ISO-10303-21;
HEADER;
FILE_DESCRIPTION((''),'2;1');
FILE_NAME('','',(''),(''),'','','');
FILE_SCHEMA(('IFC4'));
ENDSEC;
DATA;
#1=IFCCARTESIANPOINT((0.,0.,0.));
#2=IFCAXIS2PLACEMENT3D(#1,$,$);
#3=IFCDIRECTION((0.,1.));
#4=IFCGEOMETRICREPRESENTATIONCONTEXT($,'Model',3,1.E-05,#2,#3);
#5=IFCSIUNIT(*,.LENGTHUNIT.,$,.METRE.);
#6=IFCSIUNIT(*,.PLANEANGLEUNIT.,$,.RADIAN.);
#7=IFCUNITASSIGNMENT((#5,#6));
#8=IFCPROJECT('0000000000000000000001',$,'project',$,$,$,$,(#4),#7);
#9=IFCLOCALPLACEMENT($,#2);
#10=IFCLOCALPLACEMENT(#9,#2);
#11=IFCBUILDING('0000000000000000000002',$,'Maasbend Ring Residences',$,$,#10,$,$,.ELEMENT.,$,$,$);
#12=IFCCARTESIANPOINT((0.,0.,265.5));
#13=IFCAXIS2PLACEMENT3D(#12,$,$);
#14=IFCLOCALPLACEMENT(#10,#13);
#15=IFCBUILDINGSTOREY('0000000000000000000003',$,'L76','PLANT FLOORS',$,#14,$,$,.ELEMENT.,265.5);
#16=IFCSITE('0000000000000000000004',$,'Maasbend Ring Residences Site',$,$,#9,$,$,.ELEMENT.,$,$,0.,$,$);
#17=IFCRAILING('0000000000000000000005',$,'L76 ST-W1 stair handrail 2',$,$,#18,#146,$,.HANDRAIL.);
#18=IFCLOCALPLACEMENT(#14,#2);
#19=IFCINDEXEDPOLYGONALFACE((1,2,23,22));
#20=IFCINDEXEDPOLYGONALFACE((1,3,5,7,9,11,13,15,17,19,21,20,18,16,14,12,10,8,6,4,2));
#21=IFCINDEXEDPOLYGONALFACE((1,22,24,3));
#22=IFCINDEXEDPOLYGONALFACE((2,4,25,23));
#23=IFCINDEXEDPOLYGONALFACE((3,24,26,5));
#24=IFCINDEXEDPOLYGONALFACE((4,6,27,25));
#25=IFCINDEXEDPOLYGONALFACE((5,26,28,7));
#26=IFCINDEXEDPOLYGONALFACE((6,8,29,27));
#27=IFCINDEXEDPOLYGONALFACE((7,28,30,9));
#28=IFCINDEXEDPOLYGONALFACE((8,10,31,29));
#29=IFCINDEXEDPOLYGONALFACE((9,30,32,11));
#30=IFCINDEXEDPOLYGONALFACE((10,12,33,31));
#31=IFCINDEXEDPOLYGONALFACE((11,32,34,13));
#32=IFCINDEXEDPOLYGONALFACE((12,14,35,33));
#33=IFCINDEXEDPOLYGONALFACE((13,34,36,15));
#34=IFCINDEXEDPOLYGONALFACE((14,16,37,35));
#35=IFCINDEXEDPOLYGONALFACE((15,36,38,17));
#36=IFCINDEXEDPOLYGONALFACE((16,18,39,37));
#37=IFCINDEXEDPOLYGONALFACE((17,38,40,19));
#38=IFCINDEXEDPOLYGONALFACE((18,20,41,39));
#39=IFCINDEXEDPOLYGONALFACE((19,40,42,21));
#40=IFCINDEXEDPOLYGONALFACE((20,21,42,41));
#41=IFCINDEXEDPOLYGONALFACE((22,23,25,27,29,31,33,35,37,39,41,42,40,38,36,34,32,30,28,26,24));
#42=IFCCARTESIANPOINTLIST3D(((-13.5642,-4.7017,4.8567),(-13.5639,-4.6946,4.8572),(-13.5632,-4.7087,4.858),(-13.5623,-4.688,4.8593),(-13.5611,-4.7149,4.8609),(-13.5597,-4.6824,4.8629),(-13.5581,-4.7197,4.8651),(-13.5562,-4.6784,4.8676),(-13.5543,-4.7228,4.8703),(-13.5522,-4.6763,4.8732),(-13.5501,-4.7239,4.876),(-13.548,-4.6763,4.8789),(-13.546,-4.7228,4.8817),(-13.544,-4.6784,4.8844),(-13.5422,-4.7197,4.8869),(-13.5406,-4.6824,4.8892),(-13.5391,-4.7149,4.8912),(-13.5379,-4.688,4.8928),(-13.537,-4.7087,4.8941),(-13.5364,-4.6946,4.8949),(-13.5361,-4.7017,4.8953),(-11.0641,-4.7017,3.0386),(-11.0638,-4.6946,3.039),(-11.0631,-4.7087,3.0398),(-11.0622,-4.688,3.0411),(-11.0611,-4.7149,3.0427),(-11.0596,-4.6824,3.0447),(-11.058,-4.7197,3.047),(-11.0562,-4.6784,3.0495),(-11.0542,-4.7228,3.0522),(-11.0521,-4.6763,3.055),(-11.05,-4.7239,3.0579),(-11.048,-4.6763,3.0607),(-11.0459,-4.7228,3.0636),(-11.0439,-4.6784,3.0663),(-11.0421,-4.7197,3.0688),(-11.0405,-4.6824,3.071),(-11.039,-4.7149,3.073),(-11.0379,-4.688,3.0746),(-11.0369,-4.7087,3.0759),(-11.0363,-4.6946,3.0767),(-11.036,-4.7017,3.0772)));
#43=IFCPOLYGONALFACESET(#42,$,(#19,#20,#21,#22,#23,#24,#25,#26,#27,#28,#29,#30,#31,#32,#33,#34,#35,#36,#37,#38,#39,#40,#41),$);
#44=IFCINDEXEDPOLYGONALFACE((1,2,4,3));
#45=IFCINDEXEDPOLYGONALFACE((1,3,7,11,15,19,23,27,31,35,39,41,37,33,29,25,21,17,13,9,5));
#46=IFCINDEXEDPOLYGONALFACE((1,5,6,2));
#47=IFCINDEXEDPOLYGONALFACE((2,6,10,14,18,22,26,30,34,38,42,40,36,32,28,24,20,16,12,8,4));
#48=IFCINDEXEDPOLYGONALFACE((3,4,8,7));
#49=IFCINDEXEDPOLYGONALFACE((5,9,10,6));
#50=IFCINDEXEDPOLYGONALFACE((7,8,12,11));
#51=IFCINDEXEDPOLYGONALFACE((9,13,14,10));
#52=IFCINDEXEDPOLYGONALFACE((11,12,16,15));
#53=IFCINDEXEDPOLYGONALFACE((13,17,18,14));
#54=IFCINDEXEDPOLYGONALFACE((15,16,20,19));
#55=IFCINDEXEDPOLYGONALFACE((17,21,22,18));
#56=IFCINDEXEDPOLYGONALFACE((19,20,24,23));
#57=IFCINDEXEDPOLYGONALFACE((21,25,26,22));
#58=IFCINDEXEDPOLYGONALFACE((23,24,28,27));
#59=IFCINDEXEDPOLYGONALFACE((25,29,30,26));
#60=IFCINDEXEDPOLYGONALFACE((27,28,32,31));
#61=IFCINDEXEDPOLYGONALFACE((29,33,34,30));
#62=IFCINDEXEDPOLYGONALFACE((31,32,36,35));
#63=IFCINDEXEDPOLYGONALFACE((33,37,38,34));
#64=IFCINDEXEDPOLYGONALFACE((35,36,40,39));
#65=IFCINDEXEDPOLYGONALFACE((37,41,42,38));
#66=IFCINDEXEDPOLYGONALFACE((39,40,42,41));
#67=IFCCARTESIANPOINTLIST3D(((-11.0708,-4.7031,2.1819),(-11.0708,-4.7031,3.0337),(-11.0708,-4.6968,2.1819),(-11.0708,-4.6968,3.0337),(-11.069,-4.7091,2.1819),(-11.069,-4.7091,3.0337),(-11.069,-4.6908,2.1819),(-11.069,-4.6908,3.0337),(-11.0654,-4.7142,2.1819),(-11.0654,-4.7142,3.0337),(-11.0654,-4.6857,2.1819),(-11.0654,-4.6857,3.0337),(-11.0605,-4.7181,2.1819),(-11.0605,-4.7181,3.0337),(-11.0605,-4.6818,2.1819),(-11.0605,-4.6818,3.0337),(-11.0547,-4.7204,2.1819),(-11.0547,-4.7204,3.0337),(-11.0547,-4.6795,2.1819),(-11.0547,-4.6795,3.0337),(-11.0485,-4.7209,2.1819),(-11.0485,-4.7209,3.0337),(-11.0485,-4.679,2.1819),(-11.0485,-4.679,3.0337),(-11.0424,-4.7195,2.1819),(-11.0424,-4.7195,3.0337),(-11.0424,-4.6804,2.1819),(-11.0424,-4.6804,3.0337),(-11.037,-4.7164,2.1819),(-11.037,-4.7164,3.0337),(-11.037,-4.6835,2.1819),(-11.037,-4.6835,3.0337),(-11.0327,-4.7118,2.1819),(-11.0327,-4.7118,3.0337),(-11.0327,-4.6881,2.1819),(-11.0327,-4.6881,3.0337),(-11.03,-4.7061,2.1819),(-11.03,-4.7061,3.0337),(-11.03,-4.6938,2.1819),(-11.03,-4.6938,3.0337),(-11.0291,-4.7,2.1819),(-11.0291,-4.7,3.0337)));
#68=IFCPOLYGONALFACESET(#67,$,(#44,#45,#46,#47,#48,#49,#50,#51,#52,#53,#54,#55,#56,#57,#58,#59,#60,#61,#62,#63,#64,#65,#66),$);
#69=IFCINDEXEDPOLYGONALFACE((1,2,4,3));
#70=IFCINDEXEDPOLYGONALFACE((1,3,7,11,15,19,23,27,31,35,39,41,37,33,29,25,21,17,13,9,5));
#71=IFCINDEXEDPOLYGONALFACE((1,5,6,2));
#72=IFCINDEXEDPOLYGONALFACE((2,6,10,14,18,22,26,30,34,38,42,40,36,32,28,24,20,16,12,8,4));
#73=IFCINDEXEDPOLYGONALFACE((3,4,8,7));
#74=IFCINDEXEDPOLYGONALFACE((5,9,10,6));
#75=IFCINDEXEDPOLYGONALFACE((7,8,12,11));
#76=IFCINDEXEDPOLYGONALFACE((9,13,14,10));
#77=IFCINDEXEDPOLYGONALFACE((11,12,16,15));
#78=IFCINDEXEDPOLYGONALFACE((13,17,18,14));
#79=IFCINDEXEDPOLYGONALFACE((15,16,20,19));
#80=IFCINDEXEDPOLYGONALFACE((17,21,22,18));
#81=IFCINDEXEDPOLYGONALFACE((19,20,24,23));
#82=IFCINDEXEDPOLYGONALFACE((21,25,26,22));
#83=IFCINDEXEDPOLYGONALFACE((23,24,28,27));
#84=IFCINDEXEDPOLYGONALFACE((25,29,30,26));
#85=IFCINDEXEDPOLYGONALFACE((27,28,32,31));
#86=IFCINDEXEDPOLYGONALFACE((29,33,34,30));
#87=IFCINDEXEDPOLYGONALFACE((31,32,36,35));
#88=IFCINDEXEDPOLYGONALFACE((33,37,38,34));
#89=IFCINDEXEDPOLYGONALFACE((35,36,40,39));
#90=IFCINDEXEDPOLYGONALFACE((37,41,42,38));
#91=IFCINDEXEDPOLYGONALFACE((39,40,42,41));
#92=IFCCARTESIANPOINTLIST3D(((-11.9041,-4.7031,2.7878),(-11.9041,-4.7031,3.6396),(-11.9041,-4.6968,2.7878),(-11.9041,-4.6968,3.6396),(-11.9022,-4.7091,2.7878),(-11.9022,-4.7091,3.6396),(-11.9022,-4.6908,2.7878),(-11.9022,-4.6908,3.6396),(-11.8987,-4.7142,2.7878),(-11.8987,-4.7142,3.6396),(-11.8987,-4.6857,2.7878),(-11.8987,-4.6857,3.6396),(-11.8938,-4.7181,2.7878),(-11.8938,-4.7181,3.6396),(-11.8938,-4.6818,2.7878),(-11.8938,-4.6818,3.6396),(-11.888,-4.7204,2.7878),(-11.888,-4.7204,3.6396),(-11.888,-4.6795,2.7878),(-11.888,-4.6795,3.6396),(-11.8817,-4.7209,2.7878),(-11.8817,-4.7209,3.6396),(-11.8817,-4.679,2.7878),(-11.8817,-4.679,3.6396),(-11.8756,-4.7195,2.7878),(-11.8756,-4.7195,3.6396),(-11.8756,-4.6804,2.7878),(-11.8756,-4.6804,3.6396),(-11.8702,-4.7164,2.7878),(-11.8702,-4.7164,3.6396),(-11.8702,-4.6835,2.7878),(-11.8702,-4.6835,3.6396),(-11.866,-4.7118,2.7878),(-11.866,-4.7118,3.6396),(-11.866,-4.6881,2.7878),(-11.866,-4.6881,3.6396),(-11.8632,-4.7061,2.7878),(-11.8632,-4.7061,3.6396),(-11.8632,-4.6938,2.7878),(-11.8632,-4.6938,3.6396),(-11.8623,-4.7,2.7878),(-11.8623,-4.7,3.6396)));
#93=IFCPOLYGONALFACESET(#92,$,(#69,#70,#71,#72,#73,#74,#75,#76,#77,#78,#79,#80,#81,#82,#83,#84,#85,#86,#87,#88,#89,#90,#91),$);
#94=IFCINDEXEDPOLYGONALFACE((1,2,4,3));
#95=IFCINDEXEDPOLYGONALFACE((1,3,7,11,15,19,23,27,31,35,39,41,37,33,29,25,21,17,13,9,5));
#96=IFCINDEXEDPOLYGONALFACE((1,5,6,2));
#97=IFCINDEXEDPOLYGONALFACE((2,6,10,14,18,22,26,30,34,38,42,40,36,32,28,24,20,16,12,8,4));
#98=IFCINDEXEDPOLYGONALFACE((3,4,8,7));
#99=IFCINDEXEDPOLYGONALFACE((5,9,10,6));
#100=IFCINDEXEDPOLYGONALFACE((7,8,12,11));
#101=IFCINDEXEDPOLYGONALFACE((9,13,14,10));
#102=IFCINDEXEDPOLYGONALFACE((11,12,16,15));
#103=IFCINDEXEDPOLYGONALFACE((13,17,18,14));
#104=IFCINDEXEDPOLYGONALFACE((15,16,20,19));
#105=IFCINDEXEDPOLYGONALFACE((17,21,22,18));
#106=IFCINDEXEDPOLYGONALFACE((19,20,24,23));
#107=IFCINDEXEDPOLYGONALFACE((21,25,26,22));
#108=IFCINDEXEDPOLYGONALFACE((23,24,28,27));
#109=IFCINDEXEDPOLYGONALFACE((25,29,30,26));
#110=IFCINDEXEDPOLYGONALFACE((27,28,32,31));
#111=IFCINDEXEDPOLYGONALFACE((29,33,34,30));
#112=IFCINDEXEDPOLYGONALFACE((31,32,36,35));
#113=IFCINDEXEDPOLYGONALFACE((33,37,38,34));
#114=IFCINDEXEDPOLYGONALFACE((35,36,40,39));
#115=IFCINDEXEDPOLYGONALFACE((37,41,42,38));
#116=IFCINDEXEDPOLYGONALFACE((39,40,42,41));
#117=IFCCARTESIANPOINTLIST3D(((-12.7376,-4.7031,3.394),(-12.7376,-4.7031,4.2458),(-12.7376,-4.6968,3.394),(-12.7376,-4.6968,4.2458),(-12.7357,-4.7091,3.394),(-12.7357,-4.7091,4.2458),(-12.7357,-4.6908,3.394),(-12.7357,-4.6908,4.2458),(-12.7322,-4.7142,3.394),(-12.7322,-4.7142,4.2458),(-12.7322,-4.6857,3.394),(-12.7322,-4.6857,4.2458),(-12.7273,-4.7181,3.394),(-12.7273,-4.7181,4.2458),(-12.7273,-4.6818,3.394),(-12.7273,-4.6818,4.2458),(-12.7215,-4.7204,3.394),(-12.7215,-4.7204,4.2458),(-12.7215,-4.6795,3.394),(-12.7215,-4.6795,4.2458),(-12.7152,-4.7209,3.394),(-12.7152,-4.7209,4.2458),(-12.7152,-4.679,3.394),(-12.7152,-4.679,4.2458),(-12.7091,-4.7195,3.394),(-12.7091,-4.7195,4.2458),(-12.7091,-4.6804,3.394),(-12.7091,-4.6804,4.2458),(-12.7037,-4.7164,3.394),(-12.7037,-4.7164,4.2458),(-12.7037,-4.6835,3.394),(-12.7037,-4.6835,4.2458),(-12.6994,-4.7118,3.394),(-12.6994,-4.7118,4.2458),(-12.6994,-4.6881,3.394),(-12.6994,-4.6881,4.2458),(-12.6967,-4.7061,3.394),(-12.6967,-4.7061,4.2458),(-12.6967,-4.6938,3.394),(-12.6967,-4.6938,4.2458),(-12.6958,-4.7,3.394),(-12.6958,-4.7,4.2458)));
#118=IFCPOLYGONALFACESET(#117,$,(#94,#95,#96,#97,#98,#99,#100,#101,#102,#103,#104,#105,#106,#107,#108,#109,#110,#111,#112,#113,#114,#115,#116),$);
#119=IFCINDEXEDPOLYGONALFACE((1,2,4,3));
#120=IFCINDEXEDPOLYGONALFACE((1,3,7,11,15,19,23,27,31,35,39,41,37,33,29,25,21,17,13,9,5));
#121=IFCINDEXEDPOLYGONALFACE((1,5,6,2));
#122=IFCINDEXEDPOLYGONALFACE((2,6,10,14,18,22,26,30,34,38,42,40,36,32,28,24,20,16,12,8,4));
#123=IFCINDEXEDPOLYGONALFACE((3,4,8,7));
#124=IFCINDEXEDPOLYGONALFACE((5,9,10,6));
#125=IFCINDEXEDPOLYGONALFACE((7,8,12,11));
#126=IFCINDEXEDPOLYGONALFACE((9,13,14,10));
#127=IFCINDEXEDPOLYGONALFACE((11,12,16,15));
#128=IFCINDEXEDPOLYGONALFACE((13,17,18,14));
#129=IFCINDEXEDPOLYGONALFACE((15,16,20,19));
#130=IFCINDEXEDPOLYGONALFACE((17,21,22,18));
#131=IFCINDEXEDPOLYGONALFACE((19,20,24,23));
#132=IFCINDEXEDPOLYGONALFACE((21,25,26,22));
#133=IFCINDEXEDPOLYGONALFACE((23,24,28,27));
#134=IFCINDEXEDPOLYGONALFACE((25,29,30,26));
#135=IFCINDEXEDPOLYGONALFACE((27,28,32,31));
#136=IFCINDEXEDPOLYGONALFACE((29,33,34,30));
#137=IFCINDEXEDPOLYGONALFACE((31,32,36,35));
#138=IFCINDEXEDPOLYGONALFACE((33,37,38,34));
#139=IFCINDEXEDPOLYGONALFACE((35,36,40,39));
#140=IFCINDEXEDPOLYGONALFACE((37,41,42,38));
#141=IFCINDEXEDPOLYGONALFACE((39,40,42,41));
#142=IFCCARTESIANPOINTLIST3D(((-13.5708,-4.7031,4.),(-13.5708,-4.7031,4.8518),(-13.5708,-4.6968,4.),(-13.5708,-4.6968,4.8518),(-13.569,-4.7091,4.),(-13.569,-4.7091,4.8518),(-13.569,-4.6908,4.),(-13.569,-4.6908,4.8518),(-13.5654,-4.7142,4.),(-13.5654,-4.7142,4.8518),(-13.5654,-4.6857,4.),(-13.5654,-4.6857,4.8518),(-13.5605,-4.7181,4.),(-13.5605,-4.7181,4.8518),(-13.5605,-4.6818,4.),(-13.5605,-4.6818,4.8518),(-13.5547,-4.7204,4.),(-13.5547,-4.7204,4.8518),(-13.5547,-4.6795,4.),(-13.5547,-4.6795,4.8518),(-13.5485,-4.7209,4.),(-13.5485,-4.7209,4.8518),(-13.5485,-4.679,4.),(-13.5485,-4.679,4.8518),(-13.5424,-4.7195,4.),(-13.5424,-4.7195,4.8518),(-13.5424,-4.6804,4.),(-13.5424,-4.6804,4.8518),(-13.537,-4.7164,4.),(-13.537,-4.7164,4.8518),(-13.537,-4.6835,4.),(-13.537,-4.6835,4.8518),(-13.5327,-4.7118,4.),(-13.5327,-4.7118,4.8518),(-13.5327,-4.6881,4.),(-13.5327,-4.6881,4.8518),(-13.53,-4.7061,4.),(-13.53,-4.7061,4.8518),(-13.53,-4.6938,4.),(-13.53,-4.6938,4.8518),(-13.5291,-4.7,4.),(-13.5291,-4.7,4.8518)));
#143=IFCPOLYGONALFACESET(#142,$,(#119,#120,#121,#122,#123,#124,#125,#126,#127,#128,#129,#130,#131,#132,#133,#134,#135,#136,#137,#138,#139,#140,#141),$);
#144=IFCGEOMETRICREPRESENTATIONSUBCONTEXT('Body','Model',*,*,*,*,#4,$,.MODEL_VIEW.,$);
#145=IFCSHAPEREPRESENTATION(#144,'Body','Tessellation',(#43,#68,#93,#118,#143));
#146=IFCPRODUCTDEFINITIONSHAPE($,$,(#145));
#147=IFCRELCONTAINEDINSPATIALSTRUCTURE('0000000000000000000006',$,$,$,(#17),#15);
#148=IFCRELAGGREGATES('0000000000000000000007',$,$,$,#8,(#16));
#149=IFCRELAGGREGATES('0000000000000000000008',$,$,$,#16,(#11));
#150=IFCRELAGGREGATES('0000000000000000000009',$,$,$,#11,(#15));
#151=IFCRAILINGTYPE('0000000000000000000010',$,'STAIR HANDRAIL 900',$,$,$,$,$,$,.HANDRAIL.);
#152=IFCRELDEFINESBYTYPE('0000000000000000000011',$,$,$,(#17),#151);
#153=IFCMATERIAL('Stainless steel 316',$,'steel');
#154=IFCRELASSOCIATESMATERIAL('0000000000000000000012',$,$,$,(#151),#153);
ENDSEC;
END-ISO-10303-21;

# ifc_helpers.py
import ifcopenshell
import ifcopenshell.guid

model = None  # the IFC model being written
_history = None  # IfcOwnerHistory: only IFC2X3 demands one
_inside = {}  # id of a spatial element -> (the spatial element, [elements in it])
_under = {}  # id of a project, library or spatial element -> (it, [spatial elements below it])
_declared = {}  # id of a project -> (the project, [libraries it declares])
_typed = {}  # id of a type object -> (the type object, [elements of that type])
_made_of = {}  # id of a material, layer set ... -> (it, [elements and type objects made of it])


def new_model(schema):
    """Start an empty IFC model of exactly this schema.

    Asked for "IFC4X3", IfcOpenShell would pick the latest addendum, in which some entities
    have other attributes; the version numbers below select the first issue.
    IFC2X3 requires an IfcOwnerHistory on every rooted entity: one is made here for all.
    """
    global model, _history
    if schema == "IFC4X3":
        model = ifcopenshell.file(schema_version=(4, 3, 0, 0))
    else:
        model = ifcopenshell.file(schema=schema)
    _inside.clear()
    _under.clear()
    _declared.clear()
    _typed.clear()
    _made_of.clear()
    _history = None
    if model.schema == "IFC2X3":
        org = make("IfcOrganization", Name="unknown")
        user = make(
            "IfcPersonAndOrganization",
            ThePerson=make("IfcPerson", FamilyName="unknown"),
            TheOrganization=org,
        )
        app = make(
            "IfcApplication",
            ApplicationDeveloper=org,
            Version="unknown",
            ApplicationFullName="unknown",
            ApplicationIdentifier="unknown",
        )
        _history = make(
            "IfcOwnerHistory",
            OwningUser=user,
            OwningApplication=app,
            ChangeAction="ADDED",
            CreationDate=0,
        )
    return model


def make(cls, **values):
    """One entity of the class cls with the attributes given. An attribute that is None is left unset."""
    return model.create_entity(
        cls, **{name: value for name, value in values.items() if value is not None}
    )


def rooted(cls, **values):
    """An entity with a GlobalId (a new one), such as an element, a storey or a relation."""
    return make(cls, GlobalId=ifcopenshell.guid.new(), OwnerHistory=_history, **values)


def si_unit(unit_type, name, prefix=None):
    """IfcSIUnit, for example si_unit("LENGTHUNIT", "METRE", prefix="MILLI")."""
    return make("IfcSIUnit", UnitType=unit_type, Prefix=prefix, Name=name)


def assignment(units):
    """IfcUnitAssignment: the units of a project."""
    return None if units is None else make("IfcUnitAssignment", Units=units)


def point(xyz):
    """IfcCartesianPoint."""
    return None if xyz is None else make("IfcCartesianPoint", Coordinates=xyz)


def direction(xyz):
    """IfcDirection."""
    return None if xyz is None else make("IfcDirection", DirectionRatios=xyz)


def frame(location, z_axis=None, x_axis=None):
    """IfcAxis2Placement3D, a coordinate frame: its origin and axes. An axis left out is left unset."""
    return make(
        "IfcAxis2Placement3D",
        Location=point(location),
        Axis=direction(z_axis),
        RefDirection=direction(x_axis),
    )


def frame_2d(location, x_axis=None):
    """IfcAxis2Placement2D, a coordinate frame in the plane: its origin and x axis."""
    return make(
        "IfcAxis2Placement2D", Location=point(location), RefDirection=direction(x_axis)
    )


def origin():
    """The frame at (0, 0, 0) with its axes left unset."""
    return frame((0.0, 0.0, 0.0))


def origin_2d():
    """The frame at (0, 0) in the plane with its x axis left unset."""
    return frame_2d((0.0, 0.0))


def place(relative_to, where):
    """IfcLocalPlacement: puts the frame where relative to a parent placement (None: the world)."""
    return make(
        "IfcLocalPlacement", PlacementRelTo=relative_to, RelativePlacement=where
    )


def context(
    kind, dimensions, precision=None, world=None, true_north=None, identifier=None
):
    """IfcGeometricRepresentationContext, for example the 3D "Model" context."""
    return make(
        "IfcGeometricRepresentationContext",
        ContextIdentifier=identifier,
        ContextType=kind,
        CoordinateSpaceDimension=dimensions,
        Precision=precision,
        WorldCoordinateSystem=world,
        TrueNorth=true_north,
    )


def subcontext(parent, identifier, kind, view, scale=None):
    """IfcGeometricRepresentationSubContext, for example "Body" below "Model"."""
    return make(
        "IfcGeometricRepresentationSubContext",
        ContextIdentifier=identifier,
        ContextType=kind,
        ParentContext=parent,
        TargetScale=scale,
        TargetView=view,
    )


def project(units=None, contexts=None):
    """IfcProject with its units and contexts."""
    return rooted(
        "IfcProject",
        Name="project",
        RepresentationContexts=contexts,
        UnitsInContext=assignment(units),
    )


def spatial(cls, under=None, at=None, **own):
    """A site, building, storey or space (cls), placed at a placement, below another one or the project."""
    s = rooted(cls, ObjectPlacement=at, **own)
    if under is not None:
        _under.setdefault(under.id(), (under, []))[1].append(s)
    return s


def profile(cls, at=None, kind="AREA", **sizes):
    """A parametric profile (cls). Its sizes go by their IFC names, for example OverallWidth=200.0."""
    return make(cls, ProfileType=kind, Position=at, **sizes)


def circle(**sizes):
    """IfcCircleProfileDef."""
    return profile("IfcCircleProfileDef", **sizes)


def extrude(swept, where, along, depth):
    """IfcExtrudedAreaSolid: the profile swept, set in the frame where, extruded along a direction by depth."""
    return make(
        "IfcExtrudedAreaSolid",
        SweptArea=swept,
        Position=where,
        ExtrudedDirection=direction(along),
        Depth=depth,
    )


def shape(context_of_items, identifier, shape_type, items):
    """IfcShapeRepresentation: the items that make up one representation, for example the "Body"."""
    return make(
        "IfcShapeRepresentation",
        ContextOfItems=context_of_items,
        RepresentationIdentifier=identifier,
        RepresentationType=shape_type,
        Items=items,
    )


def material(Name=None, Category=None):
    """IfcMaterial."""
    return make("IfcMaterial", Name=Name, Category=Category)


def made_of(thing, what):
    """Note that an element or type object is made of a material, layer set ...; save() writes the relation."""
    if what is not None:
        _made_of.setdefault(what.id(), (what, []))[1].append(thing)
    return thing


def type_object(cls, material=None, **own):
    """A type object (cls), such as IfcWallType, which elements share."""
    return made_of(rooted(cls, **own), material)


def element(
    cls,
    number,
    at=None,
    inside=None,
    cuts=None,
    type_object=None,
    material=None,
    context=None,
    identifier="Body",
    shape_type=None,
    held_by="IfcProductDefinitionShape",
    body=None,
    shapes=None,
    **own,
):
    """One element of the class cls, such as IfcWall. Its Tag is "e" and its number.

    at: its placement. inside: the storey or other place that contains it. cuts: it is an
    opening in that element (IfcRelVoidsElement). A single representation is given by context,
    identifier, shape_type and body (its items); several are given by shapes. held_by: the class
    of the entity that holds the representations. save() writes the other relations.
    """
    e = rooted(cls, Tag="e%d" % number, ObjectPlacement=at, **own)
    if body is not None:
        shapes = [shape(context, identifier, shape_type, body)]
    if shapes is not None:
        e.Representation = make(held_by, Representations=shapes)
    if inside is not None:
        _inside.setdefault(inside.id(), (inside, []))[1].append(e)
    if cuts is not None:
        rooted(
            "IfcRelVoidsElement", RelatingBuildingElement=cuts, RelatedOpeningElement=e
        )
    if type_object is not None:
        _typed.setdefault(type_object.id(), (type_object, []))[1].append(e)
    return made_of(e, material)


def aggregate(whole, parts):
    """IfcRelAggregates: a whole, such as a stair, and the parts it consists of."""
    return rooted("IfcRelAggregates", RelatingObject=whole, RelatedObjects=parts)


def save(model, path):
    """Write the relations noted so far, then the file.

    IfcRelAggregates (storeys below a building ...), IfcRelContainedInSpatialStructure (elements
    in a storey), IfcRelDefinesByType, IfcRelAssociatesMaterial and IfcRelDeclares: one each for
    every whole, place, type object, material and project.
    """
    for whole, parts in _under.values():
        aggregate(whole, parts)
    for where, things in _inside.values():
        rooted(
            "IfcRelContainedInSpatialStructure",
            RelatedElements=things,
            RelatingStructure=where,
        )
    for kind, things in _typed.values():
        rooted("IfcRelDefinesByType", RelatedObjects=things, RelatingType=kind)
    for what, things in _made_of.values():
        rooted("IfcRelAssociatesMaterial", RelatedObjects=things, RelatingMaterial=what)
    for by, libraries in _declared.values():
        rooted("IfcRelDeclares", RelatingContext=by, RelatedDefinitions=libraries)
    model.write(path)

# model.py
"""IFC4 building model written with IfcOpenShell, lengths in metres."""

from ifc_helpers import new_model, si_unit, direction, frame, origin, origin_2d, place, context, subcontext, project, spatial, circle, extrude, material, type_object, element, save


model = new_model("IFC4")

# Units and contexts
model_context = context("Model", 3, precision=1e-05, world=origin(), true_north=direction((0.0, 1.0)))
body_context = subcontext(model_context, "Body", "Model", "MODEL_VIEW")
ifc_project = project(units=[si_unit("LENGTHUNIT", "METRE"), si_unit("PLANEANGLEUNIT", "RADIAN")], contexts=[model_context])

# Site, building, storey
site_placement = place(None, origin())
site = spatial("IfcSite", under=ifc_project, at=site_placement, Name="Maasbend Ring Residences Site", CompositionType="ELEMENT", RefElevation=0.0)
building_placement = place(site_placement, origin())
building = spatial("IfcBuilding", under=site, at=building_placement, Name="Maasbend Ring Residences", CompositionType="ELEMENT")
storey_placement = place(building_placement, frame((0.0, 0.0, 265.5)))
storey = spatial("IfcBuildingStorey", under=building, at=storey_placement, Name="L76", Description="PLANT FLOORS", CompositionType="ELEMENT", Elevation=265.5)

# Railing
ifc_material_1 = material(Name="Stainless steel 316", Category="steel")
railing_type_1 = type_object("IfcRailingType", Name="STAIR HANDRAIL 900", PredefinedType="HANDRAIL", material=ifc_material_1)
railing_1_placement = place(storey_placement, frame((-11.05, -4.7, 2.1819)))
element("IfcRailing", 1, at=railing_1_placement, inside=storey, type_object=railing_type_1, Name="L76 ST-W1 stair handrail 2", PredefinedType="HANDRAIL", context=body_context, shape_type="SweptSolid", body=[
    extrude(circle(Radius=0.0239, at=origin_2d()), frame((0.0, 0.0, 0.876), z_axis=(-0.808746, 0.0, 0.588158), x_axis=(0.0, -1.0, 0.0)), (0.0, 0.0, 1.0), 3.0913),
    extrude(circle(Radius=0.021, at=origin_2d()), origin(), (0.0, 0.0, 1.0), 0.8518),
    extrude(circle(Radius=0.021, at=origin_2d()), frame((-0.8333, 0.0, 0.606)), (0.0, 0.0, 1.0), 0.8518),
    extrude(circle(Radius=0.021, at=origin_2d()), frame((-1.6667, 0.0, 1.2122)), (0.0, 0.0, 1.0), 0.8518),
    extrude(circle(Radius=0.021, at=origin_2d()), frame((-2.5, 0.0, 1.8181)), (0.0, 0.0, 1.0), 0.8518),
])

save(model, "model.ifc")
